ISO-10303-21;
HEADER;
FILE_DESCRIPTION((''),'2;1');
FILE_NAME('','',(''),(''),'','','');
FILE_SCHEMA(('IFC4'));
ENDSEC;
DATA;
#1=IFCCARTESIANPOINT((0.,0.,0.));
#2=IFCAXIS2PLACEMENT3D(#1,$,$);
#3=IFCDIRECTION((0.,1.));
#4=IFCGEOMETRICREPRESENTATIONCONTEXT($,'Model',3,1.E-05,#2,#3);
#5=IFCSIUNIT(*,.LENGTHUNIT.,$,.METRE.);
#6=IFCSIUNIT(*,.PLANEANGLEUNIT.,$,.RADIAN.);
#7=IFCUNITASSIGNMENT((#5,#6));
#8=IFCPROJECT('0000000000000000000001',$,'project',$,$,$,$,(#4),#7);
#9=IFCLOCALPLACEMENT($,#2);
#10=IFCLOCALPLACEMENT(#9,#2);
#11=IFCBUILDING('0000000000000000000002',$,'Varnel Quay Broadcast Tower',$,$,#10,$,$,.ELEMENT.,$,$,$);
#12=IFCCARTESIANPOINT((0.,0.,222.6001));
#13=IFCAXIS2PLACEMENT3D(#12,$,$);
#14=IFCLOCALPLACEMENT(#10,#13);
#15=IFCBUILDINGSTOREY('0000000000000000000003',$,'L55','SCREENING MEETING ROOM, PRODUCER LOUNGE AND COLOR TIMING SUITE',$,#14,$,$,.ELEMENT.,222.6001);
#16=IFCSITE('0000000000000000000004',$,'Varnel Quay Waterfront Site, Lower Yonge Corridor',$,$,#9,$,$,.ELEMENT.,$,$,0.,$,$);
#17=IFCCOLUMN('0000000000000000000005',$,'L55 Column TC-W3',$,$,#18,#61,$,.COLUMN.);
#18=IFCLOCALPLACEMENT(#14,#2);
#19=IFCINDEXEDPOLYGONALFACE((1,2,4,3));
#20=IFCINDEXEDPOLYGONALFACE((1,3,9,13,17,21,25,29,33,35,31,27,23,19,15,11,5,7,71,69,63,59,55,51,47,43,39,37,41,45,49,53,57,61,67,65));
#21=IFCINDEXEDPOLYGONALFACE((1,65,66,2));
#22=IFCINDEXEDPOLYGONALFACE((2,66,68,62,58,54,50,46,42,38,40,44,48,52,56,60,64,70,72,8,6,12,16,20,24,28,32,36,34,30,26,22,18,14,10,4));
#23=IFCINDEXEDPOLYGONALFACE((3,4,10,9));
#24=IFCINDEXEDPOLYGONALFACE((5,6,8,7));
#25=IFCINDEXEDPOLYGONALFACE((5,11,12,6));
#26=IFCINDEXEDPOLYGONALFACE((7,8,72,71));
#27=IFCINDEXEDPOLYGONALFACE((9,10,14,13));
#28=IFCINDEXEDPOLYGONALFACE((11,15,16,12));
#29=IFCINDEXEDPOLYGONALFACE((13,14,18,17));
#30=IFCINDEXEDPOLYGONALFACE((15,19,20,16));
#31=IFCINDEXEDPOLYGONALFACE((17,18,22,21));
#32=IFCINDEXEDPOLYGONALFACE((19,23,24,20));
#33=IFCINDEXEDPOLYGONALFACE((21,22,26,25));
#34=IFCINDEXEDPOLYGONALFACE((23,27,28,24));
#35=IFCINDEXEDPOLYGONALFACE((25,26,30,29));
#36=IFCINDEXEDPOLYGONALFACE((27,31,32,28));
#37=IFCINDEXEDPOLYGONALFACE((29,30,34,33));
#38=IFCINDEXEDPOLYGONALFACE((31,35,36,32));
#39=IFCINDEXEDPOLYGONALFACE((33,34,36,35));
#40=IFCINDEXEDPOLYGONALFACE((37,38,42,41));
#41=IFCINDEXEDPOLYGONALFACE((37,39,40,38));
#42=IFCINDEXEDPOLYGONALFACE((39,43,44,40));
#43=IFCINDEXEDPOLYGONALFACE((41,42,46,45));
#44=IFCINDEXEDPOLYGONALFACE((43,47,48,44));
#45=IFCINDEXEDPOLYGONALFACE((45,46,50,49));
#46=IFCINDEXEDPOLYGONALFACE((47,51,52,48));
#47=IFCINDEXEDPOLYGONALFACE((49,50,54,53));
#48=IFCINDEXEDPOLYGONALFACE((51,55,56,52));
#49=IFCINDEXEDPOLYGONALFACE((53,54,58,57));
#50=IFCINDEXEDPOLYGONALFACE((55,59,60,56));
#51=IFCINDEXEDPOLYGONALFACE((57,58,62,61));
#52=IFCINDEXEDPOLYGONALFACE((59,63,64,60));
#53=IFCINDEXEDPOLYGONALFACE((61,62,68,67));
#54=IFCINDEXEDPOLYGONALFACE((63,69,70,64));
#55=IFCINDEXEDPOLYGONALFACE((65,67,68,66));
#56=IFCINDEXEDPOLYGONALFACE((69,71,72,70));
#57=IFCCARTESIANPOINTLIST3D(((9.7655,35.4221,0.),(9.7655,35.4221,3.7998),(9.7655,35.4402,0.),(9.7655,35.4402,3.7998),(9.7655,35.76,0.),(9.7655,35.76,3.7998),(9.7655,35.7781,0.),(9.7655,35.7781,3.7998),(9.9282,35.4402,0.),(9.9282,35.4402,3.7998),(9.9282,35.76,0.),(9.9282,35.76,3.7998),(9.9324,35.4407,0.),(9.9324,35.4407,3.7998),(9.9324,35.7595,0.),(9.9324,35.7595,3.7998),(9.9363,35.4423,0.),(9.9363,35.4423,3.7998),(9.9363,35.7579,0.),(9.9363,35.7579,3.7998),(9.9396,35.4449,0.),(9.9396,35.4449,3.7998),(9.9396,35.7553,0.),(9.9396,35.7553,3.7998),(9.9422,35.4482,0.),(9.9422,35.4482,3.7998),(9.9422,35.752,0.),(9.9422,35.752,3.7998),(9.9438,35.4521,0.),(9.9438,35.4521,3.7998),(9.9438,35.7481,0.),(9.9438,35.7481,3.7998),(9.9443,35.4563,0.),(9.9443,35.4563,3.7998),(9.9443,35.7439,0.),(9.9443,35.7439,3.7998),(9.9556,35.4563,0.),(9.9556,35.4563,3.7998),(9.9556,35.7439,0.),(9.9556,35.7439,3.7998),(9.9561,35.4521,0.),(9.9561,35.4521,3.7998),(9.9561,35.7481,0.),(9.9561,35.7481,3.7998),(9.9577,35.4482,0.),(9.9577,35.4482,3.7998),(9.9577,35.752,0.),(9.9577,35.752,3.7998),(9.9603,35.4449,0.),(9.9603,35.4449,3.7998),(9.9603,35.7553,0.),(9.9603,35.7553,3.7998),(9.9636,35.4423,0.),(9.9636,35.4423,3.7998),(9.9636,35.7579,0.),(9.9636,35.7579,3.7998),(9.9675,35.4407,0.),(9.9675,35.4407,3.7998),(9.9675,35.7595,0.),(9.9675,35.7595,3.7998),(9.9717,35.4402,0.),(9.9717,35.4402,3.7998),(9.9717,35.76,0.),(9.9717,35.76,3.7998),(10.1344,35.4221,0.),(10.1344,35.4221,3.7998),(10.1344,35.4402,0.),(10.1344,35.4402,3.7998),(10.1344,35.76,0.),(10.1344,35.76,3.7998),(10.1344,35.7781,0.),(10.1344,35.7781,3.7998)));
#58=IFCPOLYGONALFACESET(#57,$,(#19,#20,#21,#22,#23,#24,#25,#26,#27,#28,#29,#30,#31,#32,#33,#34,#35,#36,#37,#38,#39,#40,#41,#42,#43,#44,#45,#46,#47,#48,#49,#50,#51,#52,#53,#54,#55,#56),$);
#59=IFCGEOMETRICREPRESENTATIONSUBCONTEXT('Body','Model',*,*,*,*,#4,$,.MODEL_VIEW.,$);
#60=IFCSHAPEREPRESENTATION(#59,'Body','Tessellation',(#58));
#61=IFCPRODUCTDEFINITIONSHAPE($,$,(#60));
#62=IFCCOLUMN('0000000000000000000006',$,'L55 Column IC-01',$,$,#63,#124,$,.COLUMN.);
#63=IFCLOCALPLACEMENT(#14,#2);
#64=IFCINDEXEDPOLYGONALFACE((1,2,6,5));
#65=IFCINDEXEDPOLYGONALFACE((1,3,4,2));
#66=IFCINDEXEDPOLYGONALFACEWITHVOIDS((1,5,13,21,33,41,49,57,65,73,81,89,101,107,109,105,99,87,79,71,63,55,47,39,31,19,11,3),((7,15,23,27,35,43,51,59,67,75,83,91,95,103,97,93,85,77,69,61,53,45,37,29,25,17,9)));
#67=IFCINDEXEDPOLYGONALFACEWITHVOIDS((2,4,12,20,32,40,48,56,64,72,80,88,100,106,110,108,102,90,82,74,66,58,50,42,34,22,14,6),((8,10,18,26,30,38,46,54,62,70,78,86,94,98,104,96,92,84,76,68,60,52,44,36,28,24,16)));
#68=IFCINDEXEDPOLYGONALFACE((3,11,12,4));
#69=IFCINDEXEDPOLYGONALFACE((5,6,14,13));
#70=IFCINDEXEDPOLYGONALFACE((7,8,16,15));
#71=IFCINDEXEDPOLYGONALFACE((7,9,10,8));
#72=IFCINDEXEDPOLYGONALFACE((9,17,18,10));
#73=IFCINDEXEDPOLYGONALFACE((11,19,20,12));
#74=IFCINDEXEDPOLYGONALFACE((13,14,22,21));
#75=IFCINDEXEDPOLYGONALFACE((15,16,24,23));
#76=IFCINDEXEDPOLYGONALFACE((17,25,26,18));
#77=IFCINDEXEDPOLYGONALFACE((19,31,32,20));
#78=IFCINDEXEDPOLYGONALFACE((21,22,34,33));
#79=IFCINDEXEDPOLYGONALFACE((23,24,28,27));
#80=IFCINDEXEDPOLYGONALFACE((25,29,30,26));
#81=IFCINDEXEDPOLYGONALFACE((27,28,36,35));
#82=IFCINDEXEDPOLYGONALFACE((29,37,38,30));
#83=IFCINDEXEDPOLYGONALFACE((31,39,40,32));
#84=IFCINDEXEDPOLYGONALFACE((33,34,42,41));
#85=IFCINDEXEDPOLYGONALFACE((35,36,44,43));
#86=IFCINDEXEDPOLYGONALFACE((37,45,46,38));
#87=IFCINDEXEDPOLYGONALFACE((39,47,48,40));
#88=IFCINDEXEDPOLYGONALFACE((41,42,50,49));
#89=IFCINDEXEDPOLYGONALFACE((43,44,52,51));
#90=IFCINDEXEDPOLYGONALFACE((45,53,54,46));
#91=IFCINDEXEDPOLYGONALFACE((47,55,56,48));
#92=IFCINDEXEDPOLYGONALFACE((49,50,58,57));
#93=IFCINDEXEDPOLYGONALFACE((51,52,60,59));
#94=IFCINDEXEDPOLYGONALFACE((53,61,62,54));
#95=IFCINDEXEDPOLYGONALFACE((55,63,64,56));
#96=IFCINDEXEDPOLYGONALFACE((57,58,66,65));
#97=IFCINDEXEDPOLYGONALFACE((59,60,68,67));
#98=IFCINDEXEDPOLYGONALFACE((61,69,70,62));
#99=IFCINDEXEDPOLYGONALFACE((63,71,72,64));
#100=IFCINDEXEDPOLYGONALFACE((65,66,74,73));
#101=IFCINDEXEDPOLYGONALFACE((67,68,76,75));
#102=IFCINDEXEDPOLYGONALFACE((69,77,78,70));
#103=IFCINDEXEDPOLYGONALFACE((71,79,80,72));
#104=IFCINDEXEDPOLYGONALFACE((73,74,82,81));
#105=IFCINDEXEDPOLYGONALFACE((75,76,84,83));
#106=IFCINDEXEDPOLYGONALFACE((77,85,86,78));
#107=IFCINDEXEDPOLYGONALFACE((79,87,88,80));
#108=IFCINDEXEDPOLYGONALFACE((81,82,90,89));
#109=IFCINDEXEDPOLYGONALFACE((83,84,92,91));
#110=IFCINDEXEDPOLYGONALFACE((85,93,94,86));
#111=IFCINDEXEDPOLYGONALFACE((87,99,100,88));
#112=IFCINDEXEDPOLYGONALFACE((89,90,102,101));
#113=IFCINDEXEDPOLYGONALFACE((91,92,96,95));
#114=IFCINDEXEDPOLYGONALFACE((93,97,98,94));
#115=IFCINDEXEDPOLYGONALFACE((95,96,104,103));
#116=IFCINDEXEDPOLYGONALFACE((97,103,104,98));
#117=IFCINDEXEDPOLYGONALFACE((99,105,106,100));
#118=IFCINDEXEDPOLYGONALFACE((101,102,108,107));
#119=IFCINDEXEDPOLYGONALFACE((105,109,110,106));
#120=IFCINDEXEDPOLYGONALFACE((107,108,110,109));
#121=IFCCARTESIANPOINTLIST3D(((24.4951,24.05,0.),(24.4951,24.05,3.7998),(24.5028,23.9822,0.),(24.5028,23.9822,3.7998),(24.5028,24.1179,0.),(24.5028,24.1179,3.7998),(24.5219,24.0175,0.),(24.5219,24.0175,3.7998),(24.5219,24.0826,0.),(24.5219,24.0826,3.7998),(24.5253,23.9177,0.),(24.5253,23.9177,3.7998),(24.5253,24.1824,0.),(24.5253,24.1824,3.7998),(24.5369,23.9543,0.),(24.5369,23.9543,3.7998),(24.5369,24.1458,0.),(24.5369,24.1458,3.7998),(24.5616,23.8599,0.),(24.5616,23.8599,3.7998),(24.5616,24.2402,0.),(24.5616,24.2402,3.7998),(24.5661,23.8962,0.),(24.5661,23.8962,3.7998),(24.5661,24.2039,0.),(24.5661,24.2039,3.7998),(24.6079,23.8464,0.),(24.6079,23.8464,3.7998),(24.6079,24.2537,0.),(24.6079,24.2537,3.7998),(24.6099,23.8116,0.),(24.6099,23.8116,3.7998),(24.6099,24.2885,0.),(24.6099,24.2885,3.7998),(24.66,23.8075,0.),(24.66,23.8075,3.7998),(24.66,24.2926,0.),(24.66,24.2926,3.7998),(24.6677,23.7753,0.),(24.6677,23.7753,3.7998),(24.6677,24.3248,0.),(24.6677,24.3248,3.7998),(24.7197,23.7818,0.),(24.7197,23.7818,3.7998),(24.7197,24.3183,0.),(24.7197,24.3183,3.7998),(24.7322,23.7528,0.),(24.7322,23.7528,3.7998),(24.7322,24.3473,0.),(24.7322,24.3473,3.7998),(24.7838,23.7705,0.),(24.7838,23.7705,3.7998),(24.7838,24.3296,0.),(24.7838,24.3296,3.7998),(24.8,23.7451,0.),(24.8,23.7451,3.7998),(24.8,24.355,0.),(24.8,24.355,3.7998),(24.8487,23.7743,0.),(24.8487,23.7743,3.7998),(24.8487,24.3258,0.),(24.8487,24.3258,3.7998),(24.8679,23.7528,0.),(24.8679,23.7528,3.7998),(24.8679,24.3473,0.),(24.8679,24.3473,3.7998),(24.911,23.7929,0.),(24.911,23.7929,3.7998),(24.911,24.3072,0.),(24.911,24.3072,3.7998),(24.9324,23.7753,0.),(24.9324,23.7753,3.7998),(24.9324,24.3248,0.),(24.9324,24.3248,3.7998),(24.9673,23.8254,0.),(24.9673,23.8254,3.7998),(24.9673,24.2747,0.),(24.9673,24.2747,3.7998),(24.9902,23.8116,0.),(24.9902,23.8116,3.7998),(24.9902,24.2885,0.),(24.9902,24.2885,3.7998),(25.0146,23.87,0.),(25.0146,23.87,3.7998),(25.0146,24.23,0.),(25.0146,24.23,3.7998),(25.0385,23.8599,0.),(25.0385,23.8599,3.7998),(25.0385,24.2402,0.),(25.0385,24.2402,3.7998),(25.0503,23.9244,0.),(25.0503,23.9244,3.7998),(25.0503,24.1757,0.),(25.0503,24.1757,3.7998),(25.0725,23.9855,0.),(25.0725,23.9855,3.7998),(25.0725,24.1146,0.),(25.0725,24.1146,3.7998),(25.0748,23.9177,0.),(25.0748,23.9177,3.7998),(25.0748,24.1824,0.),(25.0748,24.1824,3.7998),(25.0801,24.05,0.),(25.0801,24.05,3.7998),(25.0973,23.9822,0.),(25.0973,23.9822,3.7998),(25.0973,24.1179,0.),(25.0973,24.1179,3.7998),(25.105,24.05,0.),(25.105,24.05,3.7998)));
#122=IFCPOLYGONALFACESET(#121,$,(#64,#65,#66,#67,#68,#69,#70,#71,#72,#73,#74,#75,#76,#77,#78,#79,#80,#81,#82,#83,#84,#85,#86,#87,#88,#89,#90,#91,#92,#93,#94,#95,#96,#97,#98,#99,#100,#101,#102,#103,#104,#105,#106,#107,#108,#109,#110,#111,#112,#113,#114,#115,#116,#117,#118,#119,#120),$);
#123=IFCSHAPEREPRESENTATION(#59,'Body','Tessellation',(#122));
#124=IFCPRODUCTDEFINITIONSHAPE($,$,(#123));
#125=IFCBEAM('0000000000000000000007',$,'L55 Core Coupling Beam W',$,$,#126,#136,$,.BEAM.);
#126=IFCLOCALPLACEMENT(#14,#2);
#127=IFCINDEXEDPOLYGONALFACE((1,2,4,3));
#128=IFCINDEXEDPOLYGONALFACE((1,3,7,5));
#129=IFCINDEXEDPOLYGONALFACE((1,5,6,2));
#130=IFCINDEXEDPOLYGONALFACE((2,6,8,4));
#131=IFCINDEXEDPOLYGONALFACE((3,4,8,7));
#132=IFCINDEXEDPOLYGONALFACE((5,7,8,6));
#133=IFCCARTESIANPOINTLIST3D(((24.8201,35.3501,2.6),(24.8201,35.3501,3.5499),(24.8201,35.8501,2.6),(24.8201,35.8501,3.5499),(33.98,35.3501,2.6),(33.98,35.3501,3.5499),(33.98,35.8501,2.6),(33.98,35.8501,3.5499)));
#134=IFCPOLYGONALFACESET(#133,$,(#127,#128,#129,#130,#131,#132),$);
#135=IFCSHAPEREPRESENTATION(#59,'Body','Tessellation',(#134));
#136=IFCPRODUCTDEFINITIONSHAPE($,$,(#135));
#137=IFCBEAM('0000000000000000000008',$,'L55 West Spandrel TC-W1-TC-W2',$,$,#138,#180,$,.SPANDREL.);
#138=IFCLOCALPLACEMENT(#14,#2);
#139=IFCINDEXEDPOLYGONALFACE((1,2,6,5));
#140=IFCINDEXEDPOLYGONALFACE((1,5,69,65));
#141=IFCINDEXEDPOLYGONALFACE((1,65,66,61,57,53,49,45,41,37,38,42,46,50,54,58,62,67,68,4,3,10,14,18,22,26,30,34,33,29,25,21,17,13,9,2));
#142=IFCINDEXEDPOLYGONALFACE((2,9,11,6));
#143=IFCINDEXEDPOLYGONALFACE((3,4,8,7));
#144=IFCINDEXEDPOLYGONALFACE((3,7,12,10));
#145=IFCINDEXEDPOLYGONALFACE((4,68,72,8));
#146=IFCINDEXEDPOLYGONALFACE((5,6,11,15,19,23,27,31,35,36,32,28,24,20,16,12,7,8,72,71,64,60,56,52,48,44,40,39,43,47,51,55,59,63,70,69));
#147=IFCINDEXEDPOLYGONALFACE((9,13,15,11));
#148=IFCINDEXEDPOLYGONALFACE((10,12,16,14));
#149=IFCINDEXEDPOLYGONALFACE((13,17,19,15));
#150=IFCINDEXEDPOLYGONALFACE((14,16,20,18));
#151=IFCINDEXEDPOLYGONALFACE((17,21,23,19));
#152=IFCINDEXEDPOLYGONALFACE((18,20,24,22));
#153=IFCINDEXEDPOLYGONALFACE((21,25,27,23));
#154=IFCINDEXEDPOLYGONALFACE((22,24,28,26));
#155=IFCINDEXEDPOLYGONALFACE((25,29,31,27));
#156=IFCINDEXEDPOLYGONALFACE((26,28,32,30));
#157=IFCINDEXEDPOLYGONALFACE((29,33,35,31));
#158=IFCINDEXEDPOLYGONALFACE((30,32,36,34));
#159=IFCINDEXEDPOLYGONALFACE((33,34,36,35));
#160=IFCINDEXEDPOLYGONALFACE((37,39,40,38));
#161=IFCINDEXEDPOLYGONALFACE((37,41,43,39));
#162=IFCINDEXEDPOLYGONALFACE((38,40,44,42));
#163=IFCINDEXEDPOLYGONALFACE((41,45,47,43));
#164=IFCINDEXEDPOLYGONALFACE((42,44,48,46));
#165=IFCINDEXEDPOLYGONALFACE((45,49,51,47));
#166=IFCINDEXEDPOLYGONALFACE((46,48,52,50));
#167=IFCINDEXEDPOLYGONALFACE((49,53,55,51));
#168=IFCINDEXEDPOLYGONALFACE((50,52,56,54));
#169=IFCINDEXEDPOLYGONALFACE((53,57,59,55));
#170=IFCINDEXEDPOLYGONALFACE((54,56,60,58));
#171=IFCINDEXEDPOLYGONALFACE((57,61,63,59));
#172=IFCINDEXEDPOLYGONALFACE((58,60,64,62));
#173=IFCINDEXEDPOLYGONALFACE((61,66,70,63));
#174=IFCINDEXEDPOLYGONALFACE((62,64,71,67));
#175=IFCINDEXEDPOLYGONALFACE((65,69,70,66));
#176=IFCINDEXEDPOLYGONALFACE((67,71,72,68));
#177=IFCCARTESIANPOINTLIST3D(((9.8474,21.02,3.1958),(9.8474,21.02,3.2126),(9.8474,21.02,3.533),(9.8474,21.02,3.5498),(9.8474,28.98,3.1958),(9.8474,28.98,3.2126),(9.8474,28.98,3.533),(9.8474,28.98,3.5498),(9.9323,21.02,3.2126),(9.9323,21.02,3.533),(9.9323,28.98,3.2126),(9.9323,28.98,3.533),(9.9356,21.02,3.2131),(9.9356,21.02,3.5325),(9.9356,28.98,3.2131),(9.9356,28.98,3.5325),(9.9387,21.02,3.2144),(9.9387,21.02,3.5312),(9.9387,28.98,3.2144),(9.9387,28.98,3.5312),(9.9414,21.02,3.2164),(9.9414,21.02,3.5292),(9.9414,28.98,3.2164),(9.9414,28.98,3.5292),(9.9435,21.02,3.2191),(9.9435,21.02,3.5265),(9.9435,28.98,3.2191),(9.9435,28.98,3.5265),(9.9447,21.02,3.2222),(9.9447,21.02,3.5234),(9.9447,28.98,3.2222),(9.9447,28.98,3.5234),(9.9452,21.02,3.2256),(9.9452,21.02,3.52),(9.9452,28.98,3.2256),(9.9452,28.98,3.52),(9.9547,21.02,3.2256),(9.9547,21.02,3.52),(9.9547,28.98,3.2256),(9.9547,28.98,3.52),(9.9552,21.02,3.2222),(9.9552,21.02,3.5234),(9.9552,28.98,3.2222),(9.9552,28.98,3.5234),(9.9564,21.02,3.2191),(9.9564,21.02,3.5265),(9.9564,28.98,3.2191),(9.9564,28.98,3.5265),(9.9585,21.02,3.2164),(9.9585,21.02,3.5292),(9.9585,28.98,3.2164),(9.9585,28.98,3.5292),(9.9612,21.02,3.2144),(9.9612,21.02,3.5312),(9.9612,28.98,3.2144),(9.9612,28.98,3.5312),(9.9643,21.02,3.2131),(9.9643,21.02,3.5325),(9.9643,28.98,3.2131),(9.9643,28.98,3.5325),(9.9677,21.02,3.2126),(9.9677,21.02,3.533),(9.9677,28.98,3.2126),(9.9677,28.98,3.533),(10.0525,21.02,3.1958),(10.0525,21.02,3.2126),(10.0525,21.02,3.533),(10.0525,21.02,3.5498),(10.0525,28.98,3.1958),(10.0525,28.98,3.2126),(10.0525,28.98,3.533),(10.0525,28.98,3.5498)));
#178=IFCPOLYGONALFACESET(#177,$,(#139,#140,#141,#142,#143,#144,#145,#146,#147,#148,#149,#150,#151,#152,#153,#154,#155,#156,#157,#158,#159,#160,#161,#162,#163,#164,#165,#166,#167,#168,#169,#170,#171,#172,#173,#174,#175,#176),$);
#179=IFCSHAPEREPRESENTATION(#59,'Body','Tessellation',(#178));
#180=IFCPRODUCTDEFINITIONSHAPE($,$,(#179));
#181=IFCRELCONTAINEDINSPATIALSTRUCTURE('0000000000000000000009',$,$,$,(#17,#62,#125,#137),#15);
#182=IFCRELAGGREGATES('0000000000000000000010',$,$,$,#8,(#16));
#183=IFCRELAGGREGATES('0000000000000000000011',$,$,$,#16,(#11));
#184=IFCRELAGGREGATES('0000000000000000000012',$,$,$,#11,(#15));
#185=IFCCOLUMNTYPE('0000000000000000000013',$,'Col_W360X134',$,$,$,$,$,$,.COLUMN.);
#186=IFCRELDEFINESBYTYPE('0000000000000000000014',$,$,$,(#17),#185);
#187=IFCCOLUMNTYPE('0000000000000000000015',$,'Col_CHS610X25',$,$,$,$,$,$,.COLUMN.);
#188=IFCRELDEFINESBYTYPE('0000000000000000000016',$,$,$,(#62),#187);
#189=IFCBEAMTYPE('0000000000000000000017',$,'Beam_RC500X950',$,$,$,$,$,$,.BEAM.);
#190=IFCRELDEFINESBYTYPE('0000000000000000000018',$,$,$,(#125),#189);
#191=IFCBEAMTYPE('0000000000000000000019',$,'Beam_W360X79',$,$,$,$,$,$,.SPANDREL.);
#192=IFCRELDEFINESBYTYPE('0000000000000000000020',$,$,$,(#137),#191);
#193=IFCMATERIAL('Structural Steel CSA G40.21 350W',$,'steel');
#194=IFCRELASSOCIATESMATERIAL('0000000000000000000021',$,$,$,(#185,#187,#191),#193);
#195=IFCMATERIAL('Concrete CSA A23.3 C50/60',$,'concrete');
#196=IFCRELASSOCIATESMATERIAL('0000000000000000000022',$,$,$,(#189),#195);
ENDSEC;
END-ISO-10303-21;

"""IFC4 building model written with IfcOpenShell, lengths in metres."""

from ifc_helpers import new_model, si_unit, direction, frame, origin, origin_2d, place, context, subcontext, project, spatial, rectangle, hollow_circle, i_section, extrude, source, transform, mapped, material, material_profile, profile_set, type_object, type_shapes, element, save


model = new_model("IFC4")

# Units and contexts
model_context = context("Model", 3, precision=1e-05, world=origin(), true_north=direction((0.0, 1.0)))
body_context = subcontext(model_context, "Body", "Model", "MODEL_VIEW")
ifc_project = project(units=[si_unit("LENGTHUNIT", "METRE"), si_unit("PLANEANGLEUNIT", "RADIAN")], contexts=[model_context])

# Site, building, storey
site_placement = place(None, origin())
site = spatial("IfcSite", under=ifc_project, at=site_placement, Name="Varnel Quay Waterfront Site, Lower Yonge Corridor", CompositionType="ELEMENT", RefElevation=0.0)
building_placement = place(site_placement, origin())
building = spatial("IfcBuilding", under=site, at=building_placement, Name="Varnel Quay Broadcast Tower", CompositionType="ELEMENT")
storey_placement = place(building_placement, frame((0.0, 0.0, 222.6001)))
storey = spatial("IfcBuildingStorey", under=building, at=storey_placement, Name="L55", Description="SCREENING MEETING ROOM, PRODUCER LOUNGE AND COLOR TIMING SUITE", CompositionType="ELEMENT", Elevation=222.6001)

# Columns
ifc_material_1 = material(Name="Structural Steel CSA G40.21 350W", Category="steel")
ifc_material_profile_1 = material_profile(ifc_material_1, i_section(OverallWidth=0.3689, OverallDepth=0.356, WebThickness=0.0112, FlangeThickness=0.0181, FilletRadius=0.0161, at=origin_2d()), Name="W360X134")
ifc_profile_set_1 = profile_set([ifc_material_profile_1], Name="Structural Steel CSA G40.21 350W")
column_type_1 = type_object("IfcColumnType", Name="Col_W360X134", PredefinedType="COLUMN", material=ifc_profile_set_1)
shared_shape_1 = source(origin(), body_context, "Body", "SweptSolid", [
    extrude(i_section(OverallWidth=0.3689, OverallDepth=0.356, WebThickness=0.0112, FlangeThickness=0.0181, FilletRadius=0.0161, at=origin_2d()), origin(), (0.0, 0.0, 1.0), 3.7998),
])
type_shapes(column_type_1, [shared_shape_1])
for number, where, z_axis, x_axis, name in (
    (1, (9.95, 35.6001, 0.0), (0.0, 0.0, 1.0), (1.0, 0.0, 0.0), "L55 Column TC-W3"),
):
    element("IfcColumn", number, at=place(storey_placement, frame(where, z_axis=z_axis, x_axis=x_axis)), inside=storey, type_object=column_type_1, Name=name, PredefinedType="COLUMN", context=body_context, shape_type="MappedRepresentation", body=[
        mapped(shared_shape_1, transform((0.0, 0.0, 0.0), x_axis=(1.0, 0.0, 0.0), y_axis=(0.0, 1.0, 0.0), z_axis=(0.0, 0.0, 1.0), scale=1.0)),
    ])
ifc_material_profile_2 = material_profile(ifc_material_1, hollow_circle(Radius=0.3049, WallThickness=0.0249, at=origin_2d()), Name="CHS610X25")
ifc_profile_set_2 = profile_set([ifc_material_profile_2], Name="Structural Steel CSA G40.21 350W")
column_type_2 = type_object("IfcColumnType", Name="Col_CHS610X25", PredefinedType="COLUMN", material=ifc_profile_set_2)
shared_shape_2 = source(origin(), body_context, "Body", "SweptSolid", [
    extrude(hollow_circle(Radius=0.3049, WallThickness=0.0249, at=origin_2d()), origin(), (0.0, 0.0, 1.0), 3.7998),
])
type_shapes(column_type_2, [shared_shape_2])
column_placement = place(storey_placement, frame((24.8, 24.05, 0.0), z_axis=(0.0, 0.0, 1.0), x_axis=(1.0, 0.0, 0.0)))
element("IfcColumn", 2, at=column_placement, inside=storey, type_object=column_type_2, Name="L55 Column IC-01", PredefinedType="COLUMN", context=body_context, shape_type="MappedRepresentation", body=[
    mapped(shared_shape_2, transform((0.0, 0.0, 0.0), x_axis=(1.0, 0.0, 0.0), y_axis=(0.0, 1.0, 0.0), z_axis=(0.0, 0.0, 1.0), scale=1.0)),
])

# Beams
ifc_material_2 = material(Name="Concrete CSA A23.3 C50/60", Category="concrete")
ifc_material_profile_3 = material_profile(ifc_material_2, rectangle(XDim=0.5, YDim=0.95, at=origin_2d()), Name="RC500X950")
ifc_profile_set_3 = profile_set([ifc_material_profile_3], Name="Concrete CSA A23.3 C50/60")
beam_type_1 = type_object("IfcBeamType", Name="Beam_RC500X950", PredefinedType="BEAM", material=ifc_profile_set_3)
shared_shape_3 = source(origin(), body_context, "Body", "SweptSolid", [
    extrude(rectangle(XDim=0.5, YDim=0.95, at=origin_2d()), origin(), (0.0, 0.0, 1.0), 9.1599),
])
type_shapes(beam_type_1, [shared_shape_3])
beam_1_placement = place(storey_placement, frame((24.8201, 35.6001, 3.075), z_axis=(1.0, 0.0, 0.0), x_axis=(0.0, 1.0, 0.0)))
element("IfcBeam", 3, at=beam_1_placement, inside=storey, type_object=beam_type_1, Name="L55 Core Coupling Beam W", PredefinedType="BEAM", context=body_context, shape_type="MappedRepresentation", body=[
    mapped(shared_shape_3, transform((0.0, 0.0, 0.0), x_axis=(1.0, 0.0, 0.0), y_axis=(0.0, 1.0, 0.0), z_axis=(0.0, 0.0, 1.0), scale=1.0)),
])
ifc_material_profile_4 = material_profile(ifc_material_1, i_section(OverallWidth=0.2051, OverallDepth=0.354, WebThickness=0.0095, FlangeThickness=0.0168, FilletRadius=0.0129, at=origin_2d()), Name="W360X79")
ifc_profile_set_4 = profile_set([ifc_material_profile_4], Name="Structural Steel CSA G40.21 350W")
beam_type_2 = type_object("IfcBeamType", Name="Beam_W360X79", PredefinedType="SPANDREL", material=ifc_profile_set_4)
shared_shape_4 = source(origin(), body_context, "Body", "SweptSolid", [
    extrude(i_section(OverallWidth=0.2051, OverallDepth=0.354, WebThickness=0.0095, FlangeThickness=0.0168, FilletRadius=0.0129, at=origin_2d()), origin(), (0.0, 0.0, 1.0), 7.96),
])
beam_2_placement = place(storey_placement, frame((9.95, 21.02, 3.3728), z_axis=(0.0, 1.0, 0.0), x_axis=(-1.0, 0.0, 0.0)))
element("IfcBeam", 4, at=beam_2_placement, inside=storey, type_object=beam_type_2, Name="L55 West Spandrel TC-W1-TC-W2", PredefinedType="SPANDREL", context=body_context, shape_type="MappedRepresentation", body=[
    mapped(shared_shape_4, transform((0.0, 0.0, 0.0), x_axis=(1.0, 0.0, 0.0), y_axis=(0.0, 1.0, 0.0), z_axis=(0.0, 0.0, 1.0), scale=1.0)),
])

save(model, "model.ifc")
